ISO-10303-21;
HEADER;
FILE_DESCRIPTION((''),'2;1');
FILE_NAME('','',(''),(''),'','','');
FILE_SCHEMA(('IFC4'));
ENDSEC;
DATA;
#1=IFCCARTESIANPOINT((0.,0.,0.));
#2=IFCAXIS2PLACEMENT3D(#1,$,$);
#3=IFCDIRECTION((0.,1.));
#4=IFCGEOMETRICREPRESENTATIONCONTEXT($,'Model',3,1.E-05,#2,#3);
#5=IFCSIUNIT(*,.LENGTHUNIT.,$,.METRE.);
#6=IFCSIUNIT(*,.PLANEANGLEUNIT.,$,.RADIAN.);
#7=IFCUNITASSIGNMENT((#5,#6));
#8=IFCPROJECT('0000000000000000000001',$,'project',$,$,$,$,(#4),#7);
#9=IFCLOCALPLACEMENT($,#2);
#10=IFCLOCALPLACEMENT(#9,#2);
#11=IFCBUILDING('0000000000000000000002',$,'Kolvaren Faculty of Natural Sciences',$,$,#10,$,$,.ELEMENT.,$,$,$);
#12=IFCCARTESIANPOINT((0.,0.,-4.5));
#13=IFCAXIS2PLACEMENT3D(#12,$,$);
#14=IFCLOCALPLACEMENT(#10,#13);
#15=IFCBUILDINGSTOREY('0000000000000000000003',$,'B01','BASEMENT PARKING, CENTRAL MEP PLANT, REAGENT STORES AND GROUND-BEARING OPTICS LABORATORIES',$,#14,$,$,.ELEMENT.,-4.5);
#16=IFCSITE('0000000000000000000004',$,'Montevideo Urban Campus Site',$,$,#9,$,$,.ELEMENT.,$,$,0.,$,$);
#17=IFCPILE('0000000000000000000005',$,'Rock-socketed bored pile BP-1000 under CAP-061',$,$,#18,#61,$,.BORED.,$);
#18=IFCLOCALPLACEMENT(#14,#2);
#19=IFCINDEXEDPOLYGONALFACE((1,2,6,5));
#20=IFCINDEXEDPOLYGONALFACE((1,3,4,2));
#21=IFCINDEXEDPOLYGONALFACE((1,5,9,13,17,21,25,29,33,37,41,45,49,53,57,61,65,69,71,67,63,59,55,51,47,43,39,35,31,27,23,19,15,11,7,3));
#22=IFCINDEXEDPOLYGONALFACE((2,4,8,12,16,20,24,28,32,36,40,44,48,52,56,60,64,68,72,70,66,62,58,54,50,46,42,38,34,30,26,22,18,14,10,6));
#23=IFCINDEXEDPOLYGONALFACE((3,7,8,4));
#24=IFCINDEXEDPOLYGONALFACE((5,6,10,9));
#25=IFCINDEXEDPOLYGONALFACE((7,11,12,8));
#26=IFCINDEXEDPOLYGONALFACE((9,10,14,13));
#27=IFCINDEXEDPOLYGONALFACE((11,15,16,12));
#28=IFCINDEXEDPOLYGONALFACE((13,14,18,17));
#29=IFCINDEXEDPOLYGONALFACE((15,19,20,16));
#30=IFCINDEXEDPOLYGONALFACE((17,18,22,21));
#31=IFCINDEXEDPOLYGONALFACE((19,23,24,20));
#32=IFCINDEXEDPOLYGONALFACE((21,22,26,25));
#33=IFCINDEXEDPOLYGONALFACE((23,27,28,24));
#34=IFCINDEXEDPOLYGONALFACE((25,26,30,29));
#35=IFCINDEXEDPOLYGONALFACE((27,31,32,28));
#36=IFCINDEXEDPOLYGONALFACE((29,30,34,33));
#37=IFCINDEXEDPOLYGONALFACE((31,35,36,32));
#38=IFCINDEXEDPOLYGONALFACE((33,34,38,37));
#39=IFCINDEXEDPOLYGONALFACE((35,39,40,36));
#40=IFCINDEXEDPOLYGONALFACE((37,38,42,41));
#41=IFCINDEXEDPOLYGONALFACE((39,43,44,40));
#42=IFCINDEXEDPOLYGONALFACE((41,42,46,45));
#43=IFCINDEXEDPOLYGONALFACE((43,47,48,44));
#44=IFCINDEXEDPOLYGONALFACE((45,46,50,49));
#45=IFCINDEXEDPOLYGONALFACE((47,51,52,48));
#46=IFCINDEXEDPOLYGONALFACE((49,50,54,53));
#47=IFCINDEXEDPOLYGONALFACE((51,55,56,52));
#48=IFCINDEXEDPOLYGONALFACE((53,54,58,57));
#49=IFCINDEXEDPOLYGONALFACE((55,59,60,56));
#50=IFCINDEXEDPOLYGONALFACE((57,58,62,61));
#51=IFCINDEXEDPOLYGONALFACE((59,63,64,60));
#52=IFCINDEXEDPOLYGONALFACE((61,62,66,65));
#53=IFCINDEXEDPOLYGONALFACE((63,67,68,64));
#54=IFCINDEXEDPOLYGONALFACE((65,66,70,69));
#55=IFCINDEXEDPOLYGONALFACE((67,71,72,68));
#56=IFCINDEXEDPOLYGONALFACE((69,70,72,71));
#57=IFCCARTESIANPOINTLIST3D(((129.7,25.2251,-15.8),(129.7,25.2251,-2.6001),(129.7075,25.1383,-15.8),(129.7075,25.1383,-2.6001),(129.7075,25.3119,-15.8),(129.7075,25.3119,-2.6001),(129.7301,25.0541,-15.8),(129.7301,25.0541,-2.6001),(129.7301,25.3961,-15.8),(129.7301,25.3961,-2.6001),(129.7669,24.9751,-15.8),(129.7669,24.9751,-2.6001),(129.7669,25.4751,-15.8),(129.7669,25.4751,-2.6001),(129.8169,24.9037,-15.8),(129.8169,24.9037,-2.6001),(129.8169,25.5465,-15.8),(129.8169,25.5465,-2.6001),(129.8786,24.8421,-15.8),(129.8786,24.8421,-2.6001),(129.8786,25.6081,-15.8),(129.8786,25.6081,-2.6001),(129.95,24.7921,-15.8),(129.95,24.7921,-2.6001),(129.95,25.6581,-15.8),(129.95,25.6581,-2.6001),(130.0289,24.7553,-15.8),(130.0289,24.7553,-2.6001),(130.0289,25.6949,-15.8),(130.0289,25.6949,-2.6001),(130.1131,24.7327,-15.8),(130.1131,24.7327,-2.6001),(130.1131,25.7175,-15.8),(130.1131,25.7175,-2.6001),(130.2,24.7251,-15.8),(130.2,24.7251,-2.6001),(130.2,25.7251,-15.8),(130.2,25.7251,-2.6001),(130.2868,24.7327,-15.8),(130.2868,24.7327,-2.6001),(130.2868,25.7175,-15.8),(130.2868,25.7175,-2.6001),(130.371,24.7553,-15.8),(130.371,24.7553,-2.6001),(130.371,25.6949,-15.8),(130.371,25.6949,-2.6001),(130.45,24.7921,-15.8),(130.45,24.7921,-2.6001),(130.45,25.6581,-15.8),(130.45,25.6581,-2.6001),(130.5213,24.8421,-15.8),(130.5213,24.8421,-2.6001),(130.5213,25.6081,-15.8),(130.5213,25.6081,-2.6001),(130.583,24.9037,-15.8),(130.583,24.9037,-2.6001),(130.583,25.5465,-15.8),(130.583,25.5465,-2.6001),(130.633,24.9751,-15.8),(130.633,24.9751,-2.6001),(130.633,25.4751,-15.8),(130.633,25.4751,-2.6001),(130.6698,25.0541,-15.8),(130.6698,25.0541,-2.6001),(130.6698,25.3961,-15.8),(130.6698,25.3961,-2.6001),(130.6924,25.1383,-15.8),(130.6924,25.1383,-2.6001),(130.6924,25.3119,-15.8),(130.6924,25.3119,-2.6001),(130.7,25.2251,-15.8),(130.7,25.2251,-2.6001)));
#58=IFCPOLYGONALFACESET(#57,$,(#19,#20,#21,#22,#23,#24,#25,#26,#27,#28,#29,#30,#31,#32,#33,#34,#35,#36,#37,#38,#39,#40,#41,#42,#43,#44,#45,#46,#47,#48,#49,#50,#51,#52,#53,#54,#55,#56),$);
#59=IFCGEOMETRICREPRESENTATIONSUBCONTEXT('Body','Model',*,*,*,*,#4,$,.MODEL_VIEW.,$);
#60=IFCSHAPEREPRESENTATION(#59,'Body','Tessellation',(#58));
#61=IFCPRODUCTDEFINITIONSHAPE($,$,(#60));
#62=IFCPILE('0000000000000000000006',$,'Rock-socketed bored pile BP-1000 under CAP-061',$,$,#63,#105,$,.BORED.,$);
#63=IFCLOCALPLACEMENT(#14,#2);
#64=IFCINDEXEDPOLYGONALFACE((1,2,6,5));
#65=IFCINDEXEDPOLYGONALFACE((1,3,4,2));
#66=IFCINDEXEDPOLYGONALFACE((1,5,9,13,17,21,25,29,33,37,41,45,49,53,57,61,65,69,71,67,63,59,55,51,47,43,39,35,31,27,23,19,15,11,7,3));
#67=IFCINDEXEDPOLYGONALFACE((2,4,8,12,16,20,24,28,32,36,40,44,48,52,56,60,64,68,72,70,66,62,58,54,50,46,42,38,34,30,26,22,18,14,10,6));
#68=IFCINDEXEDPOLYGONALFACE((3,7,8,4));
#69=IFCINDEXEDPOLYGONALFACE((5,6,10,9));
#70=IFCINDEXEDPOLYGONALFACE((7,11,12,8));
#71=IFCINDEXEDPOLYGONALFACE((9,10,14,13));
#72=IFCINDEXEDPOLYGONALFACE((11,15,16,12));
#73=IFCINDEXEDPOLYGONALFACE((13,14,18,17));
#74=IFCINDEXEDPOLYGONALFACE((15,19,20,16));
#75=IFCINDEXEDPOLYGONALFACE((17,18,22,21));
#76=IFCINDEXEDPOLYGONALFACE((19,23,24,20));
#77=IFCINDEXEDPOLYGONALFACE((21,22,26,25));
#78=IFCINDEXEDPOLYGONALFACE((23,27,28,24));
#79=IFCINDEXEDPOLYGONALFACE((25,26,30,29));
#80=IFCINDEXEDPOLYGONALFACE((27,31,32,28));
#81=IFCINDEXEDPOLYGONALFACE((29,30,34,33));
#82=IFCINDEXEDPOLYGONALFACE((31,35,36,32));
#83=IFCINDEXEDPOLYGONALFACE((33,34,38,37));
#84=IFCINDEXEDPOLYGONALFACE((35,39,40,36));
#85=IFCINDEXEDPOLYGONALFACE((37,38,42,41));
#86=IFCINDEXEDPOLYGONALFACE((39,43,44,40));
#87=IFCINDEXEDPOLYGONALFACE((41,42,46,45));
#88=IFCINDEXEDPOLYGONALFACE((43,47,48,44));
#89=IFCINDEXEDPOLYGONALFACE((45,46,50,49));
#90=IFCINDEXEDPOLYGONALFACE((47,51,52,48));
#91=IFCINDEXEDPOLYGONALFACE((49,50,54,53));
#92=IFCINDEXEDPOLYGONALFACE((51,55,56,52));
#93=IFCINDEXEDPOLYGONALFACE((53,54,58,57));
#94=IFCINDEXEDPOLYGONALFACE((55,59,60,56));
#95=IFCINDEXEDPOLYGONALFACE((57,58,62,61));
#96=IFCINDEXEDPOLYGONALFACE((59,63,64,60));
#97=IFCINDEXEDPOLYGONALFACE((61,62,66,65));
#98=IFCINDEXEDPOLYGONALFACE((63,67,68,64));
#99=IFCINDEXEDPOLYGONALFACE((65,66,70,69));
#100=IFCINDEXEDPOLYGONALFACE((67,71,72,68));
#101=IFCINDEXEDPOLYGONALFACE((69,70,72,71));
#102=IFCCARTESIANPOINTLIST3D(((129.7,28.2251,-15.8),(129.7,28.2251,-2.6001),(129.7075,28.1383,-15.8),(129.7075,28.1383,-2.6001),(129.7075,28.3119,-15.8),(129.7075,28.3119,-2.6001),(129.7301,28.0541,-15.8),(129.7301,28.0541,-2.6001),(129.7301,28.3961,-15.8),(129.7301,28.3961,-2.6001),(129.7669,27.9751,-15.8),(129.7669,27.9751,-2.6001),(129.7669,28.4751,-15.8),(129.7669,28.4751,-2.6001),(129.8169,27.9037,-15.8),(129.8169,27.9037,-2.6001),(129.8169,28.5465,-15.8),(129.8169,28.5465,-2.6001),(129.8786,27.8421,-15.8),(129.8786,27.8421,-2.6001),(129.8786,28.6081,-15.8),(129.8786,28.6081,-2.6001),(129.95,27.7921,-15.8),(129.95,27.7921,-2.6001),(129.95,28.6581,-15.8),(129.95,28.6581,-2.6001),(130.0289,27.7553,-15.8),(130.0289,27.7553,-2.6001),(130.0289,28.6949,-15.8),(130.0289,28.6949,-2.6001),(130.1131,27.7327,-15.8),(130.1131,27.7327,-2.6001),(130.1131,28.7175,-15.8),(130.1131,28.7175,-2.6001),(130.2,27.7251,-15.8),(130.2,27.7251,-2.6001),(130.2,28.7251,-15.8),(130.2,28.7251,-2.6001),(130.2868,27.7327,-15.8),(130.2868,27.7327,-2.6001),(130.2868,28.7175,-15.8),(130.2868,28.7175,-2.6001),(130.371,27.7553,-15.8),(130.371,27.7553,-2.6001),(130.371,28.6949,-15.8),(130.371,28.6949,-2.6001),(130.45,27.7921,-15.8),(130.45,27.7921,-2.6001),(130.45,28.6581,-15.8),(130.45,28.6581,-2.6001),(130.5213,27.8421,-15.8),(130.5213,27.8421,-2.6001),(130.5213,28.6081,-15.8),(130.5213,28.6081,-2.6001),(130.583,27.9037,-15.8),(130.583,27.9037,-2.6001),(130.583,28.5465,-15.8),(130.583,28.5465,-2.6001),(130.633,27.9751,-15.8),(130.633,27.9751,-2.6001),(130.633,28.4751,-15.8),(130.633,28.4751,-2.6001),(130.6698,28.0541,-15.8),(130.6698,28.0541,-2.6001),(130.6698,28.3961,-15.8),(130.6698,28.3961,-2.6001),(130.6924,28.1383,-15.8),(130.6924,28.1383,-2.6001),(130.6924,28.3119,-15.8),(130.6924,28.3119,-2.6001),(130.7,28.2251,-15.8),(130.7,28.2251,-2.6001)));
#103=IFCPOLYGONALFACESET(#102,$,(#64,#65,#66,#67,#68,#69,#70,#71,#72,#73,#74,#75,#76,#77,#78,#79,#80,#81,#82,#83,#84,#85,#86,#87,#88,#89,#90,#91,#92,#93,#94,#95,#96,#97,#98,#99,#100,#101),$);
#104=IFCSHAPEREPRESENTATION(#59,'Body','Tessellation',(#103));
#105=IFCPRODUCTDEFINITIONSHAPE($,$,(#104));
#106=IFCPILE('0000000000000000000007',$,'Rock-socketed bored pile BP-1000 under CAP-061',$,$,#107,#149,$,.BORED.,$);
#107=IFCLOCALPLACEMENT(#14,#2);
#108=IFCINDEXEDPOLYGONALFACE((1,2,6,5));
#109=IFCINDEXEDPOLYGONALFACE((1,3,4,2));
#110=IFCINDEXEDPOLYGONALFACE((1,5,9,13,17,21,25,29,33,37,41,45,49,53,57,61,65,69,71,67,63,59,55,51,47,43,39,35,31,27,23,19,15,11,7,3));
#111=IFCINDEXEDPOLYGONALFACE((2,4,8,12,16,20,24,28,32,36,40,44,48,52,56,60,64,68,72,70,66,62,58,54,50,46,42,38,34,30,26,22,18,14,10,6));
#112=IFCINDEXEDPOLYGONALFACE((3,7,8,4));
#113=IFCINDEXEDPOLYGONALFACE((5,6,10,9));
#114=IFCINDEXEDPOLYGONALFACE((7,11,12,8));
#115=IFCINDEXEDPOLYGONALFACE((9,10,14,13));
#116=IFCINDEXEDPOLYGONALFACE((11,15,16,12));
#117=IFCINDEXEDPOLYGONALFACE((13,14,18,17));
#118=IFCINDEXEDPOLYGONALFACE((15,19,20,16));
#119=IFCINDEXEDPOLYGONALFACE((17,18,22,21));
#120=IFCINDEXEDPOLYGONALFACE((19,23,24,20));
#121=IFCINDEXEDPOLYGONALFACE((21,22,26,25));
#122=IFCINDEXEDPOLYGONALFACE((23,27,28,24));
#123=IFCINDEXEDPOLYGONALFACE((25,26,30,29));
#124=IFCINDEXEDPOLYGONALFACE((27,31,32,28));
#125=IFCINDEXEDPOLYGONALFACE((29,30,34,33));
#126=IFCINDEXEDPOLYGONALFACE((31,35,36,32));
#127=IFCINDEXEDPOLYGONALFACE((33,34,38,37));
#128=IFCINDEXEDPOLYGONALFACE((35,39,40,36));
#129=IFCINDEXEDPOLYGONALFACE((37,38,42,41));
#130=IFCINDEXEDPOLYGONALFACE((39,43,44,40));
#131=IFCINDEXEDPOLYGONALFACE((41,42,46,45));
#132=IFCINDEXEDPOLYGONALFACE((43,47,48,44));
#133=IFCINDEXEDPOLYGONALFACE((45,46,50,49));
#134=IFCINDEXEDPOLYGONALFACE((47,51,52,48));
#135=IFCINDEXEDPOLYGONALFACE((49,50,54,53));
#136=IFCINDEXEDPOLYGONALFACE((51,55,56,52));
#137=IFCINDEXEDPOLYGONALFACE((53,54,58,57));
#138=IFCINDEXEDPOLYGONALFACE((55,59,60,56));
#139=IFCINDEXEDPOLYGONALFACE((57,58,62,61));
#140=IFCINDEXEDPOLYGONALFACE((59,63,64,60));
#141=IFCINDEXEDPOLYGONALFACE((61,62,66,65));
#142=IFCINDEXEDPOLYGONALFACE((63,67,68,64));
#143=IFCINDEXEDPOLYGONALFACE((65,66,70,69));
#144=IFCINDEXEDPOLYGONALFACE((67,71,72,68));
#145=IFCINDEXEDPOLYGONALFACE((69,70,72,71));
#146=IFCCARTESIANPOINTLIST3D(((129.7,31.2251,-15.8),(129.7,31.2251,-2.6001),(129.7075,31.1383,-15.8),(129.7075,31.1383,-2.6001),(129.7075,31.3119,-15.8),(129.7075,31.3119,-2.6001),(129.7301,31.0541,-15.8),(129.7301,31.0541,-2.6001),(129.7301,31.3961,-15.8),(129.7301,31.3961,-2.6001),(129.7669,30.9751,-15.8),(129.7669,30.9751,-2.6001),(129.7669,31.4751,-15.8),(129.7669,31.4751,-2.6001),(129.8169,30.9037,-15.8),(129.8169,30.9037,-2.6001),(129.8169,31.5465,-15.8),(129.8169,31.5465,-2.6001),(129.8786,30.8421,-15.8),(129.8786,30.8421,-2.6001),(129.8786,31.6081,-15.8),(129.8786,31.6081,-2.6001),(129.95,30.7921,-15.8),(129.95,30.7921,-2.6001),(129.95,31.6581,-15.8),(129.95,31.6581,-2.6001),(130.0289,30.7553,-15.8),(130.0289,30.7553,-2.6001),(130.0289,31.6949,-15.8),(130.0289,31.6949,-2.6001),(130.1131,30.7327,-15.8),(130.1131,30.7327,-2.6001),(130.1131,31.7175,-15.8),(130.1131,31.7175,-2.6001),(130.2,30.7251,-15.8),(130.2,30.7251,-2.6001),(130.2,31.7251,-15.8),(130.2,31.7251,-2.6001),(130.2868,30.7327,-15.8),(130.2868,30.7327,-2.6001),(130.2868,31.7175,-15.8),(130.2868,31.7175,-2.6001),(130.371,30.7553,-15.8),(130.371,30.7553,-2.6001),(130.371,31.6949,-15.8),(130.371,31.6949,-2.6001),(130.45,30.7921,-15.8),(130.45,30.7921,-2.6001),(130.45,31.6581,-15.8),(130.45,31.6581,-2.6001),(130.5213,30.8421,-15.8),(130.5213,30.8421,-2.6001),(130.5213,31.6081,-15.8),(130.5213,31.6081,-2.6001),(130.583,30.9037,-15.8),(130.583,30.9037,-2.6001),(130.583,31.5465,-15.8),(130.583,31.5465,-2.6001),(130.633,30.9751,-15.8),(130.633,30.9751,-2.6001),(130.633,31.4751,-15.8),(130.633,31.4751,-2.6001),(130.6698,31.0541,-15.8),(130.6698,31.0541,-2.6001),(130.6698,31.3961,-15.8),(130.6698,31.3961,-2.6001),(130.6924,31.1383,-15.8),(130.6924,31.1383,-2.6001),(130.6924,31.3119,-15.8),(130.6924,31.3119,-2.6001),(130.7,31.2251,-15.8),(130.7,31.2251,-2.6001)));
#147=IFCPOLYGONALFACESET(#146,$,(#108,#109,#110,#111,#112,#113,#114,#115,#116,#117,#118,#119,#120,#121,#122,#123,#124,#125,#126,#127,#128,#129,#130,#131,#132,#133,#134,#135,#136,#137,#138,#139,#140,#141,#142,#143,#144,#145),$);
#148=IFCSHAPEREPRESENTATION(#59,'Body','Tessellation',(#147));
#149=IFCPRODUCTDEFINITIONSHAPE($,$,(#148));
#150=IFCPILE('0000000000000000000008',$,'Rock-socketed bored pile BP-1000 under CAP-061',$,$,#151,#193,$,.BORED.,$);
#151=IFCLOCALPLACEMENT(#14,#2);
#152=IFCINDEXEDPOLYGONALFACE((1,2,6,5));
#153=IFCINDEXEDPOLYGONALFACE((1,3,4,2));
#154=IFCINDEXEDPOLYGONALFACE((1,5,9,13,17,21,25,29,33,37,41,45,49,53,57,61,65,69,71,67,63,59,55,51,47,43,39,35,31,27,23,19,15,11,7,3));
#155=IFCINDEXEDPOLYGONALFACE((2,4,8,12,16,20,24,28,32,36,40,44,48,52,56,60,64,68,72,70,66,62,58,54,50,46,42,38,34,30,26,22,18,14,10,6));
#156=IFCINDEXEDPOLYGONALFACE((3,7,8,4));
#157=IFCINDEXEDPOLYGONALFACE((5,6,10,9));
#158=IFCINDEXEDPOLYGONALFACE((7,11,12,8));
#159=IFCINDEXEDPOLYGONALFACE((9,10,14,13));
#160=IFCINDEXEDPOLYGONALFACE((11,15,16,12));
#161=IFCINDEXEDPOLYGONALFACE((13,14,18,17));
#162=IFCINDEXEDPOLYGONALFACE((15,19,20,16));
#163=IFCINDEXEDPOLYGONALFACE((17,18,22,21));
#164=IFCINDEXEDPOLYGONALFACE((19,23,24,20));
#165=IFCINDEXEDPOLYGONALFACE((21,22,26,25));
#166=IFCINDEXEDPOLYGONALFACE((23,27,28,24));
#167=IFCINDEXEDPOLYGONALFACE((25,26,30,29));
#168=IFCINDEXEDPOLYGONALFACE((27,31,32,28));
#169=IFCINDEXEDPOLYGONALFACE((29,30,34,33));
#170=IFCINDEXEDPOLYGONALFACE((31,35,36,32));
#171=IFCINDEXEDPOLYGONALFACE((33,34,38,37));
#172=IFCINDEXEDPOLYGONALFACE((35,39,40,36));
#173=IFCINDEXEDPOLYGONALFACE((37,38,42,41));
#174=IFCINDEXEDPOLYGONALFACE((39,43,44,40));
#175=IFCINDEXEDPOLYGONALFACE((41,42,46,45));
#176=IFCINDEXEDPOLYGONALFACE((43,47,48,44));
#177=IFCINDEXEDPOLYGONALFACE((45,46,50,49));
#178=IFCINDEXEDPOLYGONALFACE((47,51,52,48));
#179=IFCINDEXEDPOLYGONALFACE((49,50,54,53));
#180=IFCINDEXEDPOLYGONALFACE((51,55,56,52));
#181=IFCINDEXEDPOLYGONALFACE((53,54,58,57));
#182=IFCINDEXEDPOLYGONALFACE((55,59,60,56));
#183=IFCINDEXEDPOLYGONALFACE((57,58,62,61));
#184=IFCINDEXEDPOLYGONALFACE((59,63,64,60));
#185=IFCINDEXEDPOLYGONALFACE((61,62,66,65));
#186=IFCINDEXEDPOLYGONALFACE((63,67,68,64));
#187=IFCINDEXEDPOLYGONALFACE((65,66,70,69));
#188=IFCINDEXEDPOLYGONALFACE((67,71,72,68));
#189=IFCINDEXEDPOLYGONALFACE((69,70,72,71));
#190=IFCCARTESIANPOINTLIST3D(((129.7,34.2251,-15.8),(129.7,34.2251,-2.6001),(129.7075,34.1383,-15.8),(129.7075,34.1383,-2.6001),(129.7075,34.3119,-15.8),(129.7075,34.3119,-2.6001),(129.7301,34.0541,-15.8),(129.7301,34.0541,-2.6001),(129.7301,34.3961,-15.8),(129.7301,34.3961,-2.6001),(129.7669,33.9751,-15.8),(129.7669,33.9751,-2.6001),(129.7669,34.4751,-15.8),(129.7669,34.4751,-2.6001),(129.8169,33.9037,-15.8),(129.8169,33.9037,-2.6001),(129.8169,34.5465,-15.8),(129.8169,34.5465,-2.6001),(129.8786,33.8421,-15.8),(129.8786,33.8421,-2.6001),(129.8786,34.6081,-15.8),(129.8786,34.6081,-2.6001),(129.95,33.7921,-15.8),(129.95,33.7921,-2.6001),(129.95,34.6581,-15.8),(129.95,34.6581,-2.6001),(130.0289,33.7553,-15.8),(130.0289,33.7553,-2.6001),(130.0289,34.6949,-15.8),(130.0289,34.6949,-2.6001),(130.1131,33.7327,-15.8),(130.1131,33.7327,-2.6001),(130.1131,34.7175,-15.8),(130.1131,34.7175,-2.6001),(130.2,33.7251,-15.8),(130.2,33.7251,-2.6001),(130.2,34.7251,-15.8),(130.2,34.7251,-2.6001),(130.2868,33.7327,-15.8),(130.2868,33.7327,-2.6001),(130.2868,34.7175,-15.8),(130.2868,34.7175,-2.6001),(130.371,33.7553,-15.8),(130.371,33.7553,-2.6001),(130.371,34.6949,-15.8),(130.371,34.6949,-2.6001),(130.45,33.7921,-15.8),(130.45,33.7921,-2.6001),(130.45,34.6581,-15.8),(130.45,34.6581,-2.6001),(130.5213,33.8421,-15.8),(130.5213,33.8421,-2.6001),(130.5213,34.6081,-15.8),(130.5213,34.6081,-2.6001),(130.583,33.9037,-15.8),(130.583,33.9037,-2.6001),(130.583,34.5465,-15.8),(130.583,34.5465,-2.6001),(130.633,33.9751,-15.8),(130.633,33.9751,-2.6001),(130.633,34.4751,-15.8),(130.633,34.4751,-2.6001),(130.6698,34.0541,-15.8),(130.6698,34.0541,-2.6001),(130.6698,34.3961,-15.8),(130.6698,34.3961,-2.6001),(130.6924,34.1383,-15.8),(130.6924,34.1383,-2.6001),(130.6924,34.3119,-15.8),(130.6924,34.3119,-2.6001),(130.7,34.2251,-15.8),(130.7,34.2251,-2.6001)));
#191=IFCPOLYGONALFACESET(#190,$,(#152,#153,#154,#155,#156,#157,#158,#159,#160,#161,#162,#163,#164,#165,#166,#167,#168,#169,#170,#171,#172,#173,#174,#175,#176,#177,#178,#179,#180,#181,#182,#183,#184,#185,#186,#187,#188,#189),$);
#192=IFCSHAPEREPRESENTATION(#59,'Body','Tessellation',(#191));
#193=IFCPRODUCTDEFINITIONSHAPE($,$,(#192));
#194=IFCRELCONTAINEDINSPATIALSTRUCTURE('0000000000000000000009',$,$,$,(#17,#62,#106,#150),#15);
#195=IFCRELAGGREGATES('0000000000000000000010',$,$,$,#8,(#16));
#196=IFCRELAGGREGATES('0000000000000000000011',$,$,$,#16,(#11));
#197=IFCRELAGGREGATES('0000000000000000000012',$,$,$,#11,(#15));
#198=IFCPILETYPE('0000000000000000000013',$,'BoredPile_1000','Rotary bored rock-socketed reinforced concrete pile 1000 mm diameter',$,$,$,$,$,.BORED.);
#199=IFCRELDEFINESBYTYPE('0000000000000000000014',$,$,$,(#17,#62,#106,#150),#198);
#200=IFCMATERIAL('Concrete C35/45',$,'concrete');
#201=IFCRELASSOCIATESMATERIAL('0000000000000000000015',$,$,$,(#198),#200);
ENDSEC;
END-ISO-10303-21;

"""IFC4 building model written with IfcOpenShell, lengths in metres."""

from ifc_helpers import new_model, si_unit, direction, frame, origin, origin_2d, place, context, subcontext, project, spatial, circle, extrude, material, material_profile, profile_set, type_object, element, save


model = new_model("IFC4")

# Units and contexts
model_context = context("Model", 3, precision=1e-05, world=origin(), true_north=direction((0.0, 1.0)))
body_context = subcontext(model_context, "Body", "Model", "MODEL_VIEW")
ifc_project = project(units=[si_unit("LENGTHUNIT", "METRE"), si_unit("PLANEANGLEUNIT", "RADIAN")], contexts=[model_context])

# Site, building, storey
site_placement = place(None, origin())
site = spatial("IfcSite", under=ifc_project, at=site_placement, Name="Montevideo Urban Campus Site", CompositionType="ELEMENT", RefElevation=0.0)
building_placement = place(site_placement, origin())
building = spatial("IfcBuilding", under=site, at=building_placement, Name="Kolvaren Faculty of Natural Sciences", CompositionType="ELEMENT")
storey_placement = place(building_placement, frame((0.0, 0.0, -4.5)))
storey = spatial("IfcBuildingStorey", under=building, at=storey_placement, Name="B01", Description="BASEMENT PARKING, CENTRAL MEP PLANT, REAGENT STORES AND GROUND-BEARING OPTICS LABORATORIES", CompositionType="ELEMENT", Elevation=-4.5)

# Piles
ifc_material_1 = material(Name="Concrete C35/45", Category="concrete")
ifc_material_profile_1 = material_profile(ifc_material_1, circle(Radius=0.5, at=origin_2d()), Name="PILE D1000")
ifc_profile_set_1 = profile_set([ifc_material_profile_1], Name="Concrete C35/45")
pile_type = type_object("IfcPileType", Name="BoredPile_1000", Description="Rotary bored rock-socketed reinforced concrete pile 1000 mm diameter", PredefinedType="BORED", material=ifc_profile_set_1)
for number, where, z_axis, x_axis, name in (
    (1, (130.2, 25.2251, -2.6001), (0.0, 0.0, -1.0), (1.0, 0.0, 0.0), "Rock-socketed bored pile BP-1000 under CAP-061"),
    (2, (130.2, 28.2251, -2.6001), (0.0, 0.0, -1.0), (1.0, 0.0, 0.0), "Rock-socketed bored pile BP-1000 under CAP-061"),
    (3, (130.2, 31.2251, -2.6001), (0.0, 0.0, -1.0), (1.0, 0.0, 0.0), "Rock-socketed bored pile BP-1000 under CAP-061"),
    (4, (130.2, 34.2251, -2.6001), (0.0, 0.0, -1.0), (1.0, 0.0, 0.0), "Rock-socketed bored pile BP-1000 under CAP-061"),
):
    element("IfcPile", number, at=place(storey_placement, frame(where, z_axis=z_axis, x_axis=x_axis)), inside=storey, type_object=pile_type, Name=name, PredefinedType="BORED", context=body_context, shape_type="SweptSolid", body=[
        extrude(circle(Radius=0.5, at=origin_2d()), origin(), (0.0, 0.0, 1.0), 13.2),
    ])

save(model, "model.ifc")
